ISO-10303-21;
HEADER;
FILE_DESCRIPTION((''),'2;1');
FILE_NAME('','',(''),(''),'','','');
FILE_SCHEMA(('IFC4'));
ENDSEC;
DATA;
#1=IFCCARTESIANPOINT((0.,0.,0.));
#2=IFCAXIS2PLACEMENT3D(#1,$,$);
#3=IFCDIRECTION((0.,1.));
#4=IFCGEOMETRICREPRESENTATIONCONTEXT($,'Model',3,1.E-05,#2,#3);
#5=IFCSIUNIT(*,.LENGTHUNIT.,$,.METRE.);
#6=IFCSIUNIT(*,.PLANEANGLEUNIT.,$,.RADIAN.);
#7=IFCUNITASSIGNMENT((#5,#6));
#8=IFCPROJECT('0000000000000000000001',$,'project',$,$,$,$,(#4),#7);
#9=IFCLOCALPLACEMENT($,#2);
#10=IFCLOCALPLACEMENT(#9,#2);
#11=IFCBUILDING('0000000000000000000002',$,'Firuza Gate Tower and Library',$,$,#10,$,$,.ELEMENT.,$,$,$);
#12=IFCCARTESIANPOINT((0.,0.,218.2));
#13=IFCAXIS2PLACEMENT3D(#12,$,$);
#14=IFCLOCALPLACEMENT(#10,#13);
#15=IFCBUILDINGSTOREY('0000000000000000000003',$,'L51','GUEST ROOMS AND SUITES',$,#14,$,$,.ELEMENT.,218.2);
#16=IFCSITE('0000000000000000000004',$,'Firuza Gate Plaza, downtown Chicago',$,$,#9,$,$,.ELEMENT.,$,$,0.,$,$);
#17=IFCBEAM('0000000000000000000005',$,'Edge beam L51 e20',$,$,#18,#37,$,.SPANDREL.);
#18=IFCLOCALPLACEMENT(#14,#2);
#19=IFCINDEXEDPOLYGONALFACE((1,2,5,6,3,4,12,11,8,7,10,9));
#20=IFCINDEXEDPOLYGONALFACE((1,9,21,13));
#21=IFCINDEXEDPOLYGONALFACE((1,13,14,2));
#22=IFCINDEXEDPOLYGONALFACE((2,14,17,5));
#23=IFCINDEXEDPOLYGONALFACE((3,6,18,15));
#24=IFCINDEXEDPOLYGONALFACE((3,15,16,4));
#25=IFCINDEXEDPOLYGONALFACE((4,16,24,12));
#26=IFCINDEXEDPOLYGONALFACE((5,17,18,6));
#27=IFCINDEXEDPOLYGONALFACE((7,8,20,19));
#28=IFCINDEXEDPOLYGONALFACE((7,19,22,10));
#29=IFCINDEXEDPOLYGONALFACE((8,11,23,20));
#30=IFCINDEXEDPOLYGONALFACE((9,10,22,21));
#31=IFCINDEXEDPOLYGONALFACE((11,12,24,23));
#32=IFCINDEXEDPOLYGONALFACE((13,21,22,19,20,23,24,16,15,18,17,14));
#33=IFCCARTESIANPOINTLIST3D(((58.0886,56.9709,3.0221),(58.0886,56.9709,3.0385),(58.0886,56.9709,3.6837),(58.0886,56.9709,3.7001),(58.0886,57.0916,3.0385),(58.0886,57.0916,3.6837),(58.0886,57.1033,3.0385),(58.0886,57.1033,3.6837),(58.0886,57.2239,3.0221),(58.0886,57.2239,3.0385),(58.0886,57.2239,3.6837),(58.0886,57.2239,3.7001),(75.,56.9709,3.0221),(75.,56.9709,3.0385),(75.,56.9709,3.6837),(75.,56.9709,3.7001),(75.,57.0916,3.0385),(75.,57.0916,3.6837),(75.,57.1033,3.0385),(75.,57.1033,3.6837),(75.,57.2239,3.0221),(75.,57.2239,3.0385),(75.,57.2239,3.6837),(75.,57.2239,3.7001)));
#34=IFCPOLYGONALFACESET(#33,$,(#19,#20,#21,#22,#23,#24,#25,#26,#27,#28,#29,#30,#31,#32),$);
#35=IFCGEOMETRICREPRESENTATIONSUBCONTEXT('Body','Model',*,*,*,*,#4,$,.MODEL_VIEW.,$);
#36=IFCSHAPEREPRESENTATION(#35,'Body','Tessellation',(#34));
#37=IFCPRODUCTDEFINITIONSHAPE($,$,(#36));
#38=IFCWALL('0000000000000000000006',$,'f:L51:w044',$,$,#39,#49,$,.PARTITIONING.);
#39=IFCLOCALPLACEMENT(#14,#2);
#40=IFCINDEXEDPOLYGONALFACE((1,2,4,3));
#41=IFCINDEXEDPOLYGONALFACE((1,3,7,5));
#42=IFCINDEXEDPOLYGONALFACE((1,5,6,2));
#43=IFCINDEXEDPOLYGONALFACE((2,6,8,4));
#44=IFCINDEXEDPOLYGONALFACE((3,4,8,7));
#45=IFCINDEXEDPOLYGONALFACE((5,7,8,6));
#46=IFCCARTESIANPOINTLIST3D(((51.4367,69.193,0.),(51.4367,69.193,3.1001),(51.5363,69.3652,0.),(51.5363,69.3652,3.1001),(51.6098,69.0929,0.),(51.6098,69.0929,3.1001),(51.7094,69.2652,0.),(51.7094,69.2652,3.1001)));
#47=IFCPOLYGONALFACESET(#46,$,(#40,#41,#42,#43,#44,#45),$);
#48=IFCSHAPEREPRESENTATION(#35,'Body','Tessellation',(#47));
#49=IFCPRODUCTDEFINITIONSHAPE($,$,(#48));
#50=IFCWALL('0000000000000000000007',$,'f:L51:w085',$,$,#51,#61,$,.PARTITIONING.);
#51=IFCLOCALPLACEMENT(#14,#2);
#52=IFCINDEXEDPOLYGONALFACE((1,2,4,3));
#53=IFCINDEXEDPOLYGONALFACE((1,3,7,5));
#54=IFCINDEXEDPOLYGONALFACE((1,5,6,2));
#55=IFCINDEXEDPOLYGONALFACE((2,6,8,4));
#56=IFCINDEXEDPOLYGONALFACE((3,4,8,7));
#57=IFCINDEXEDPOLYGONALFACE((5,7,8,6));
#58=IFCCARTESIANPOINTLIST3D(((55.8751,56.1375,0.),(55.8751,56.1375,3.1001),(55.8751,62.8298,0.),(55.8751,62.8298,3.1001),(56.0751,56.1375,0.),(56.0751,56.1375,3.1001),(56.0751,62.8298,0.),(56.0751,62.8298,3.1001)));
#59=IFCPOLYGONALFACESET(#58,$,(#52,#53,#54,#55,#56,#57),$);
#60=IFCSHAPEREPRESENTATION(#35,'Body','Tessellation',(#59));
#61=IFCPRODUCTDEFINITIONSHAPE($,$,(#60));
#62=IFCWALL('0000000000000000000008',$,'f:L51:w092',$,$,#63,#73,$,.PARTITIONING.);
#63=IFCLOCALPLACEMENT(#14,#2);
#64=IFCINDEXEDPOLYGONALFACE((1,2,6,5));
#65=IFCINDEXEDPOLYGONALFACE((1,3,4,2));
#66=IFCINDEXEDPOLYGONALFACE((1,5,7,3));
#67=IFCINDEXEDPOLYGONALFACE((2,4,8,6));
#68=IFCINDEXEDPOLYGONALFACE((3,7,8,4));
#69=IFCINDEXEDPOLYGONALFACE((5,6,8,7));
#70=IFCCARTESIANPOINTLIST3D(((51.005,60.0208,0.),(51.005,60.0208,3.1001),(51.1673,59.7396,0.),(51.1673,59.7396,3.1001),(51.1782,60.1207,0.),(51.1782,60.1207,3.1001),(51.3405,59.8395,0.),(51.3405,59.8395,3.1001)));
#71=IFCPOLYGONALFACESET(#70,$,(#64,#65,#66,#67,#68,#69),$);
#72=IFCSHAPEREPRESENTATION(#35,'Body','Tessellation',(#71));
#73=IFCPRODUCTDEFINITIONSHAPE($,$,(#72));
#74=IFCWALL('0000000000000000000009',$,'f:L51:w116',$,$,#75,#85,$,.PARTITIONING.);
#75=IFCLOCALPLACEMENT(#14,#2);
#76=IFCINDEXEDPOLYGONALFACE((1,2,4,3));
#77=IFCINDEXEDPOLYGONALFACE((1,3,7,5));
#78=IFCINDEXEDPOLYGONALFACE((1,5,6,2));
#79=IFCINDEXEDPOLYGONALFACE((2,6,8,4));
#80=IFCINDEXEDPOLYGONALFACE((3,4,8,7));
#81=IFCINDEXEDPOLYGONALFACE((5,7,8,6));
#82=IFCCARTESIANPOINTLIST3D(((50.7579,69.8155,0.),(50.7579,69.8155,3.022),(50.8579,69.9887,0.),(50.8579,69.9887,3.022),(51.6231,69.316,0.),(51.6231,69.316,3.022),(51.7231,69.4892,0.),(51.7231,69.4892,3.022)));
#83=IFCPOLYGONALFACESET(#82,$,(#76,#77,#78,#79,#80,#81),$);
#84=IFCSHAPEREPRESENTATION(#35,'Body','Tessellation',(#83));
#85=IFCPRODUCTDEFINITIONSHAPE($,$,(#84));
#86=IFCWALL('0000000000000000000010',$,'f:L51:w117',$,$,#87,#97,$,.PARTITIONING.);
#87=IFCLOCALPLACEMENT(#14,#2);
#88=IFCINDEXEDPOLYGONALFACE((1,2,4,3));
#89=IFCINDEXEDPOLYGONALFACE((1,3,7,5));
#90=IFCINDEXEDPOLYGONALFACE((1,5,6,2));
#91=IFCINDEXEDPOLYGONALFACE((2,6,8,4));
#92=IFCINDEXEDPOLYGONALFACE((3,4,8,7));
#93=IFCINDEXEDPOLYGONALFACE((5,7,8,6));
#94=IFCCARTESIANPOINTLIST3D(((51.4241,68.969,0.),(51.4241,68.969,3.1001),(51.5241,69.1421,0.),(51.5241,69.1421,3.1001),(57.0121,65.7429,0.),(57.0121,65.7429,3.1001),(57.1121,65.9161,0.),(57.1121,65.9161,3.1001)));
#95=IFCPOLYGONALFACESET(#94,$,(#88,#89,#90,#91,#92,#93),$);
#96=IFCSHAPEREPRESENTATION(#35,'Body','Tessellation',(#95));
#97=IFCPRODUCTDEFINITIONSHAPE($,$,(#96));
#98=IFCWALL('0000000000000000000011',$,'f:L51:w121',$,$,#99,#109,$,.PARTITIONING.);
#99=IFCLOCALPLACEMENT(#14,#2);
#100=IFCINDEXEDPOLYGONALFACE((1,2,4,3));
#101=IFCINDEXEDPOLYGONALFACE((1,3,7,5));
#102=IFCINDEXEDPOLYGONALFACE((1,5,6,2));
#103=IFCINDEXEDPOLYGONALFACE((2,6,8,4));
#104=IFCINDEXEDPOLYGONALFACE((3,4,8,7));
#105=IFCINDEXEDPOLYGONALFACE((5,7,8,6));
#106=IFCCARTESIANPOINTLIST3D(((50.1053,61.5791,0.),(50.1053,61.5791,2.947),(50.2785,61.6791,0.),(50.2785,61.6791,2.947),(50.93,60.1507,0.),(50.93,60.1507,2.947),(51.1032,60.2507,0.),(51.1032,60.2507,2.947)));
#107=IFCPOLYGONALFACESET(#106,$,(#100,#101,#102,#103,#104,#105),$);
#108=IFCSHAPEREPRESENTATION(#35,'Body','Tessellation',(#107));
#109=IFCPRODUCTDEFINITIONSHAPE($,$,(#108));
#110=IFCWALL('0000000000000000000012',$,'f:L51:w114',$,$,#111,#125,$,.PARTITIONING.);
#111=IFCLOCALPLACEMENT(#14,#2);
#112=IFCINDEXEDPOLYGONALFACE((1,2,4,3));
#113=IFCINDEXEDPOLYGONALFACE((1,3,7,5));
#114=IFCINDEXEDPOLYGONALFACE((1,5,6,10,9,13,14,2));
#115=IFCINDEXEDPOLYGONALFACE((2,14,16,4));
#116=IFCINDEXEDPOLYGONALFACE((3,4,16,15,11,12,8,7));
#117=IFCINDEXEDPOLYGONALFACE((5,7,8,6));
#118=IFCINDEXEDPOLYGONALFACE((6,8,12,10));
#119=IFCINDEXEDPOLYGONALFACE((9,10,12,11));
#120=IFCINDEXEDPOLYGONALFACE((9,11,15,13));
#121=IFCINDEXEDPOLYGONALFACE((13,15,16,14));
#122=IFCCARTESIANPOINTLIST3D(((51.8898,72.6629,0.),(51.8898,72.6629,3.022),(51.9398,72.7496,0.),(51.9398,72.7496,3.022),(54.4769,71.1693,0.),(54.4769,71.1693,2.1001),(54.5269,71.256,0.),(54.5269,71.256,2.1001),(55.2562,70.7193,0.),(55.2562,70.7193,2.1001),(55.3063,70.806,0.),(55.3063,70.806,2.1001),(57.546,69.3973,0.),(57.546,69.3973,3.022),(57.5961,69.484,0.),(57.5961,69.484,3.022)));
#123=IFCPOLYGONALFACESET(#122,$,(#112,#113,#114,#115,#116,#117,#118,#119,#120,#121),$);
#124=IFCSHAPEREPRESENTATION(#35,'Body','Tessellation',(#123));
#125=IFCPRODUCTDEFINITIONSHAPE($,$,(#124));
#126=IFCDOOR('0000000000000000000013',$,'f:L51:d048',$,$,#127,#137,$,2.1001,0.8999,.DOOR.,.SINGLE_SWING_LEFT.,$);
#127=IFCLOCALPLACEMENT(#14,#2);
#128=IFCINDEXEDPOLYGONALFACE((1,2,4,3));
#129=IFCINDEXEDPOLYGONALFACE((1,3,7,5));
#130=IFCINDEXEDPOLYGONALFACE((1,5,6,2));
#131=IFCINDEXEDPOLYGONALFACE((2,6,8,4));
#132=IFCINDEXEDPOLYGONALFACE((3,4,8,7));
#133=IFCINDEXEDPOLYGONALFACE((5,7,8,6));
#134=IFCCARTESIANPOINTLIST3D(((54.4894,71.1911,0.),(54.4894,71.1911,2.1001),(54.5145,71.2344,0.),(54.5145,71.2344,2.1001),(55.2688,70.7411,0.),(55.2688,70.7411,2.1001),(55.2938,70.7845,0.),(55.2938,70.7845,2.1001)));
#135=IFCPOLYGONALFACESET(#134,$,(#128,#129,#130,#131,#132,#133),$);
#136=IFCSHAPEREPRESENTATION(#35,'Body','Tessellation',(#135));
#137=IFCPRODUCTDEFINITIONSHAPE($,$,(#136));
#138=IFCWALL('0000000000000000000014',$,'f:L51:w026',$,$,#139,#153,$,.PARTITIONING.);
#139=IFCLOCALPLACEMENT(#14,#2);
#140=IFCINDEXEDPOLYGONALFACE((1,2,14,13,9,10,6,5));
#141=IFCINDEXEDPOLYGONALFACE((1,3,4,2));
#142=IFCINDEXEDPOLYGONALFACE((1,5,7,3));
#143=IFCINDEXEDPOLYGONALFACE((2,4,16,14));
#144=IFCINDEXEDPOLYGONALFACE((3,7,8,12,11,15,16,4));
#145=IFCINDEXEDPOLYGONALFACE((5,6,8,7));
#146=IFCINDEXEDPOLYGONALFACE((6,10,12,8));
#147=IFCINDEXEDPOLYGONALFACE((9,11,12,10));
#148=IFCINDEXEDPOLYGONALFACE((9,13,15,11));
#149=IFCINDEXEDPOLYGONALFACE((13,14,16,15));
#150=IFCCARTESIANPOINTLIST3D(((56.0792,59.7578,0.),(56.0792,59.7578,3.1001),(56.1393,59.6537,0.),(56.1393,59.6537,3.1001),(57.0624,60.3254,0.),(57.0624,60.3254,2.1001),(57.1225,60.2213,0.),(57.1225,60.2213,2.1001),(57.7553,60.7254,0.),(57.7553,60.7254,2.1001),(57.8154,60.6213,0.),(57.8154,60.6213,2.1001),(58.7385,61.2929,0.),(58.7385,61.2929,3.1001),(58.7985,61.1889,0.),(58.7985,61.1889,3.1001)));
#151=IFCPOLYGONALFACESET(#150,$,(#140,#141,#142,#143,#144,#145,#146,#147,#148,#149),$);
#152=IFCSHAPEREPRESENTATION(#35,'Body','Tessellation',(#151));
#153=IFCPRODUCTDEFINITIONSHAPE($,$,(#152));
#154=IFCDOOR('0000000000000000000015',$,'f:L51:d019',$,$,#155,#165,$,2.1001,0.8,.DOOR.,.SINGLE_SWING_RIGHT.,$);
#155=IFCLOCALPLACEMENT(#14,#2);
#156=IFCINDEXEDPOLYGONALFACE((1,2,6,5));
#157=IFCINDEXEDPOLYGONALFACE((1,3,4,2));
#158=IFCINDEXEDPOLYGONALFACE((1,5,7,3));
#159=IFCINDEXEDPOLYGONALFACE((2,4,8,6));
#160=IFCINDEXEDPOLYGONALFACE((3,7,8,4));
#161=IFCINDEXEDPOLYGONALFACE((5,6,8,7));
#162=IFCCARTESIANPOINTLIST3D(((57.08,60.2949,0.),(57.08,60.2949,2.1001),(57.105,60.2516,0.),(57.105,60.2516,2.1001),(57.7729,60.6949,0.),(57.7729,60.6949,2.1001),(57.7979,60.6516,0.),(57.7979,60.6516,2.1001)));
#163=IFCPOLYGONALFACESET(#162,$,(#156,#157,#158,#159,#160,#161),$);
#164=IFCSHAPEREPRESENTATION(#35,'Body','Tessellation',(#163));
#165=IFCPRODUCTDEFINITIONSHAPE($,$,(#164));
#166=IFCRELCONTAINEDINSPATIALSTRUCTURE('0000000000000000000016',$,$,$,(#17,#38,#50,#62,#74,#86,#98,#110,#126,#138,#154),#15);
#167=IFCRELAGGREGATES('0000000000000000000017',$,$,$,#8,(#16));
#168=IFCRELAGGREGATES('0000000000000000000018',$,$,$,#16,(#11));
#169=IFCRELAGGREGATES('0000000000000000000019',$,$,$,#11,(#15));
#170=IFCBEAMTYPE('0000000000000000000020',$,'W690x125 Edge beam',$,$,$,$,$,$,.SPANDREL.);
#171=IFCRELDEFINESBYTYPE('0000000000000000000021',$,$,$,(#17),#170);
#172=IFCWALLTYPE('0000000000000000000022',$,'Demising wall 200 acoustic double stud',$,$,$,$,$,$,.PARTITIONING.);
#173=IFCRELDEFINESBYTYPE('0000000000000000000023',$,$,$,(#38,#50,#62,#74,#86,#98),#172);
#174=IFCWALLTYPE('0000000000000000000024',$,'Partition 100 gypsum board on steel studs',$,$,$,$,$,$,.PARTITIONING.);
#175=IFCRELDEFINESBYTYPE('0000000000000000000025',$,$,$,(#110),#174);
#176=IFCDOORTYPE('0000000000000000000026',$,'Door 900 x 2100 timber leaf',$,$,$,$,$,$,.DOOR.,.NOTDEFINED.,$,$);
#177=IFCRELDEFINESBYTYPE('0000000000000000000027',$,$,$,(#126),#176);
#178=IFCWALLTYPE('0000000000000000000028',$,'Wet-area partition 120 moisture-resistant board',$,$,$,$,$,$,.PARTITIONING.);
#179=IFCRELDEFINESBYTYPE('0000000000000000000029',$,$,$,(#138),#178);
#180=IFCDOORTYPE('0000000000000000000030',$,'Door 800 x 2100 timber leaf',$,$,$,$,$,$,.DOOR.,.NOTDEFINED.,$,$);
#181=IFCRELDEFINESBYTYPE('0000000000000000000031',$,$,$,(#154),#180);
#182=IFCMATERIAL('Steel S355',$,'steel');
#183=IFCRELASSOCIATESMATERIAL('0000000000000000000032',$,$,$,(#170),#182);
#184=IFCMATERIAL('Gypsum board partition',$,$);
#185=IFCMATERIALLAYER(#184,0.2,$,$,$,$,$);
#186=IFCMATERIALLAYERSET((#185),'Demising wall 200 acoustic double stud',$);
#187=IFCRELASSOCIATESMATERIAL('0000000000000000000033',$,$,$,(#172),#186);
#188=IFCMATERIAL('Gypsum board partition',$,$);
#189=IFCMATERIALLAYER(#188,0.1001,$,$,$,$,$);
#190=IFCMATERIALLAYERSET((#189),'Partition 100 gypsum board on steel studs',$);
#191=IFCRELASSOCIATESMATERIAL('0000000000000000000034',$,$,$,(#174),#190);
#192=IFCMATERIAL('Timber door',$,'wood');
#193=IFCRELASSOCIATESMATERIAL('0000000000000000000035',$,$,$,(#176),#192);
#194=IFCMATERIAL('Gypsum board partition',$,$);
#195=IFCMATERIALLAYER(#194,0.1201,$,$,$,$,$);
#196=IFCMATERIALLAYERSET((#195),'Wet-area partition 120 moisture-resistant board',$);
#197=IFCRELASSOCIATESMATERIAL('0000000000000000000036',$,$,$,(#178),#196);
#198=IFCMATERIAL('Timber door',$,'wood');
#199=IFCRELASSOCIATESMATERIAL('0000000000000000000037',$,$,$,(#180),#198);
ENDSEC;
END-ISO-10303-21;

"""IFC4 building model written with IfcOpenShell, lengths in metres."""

from ifc_helpers import new_model, si_unit, direction, frame, frame_2d, origin, origin_2d, place, context, subcontext, project, spatial, rectangle, i_section, extrude, material, layer, layer_set, material_profile, profile_set, type_object, element, fill, save


model = new_model("IFC4")

# Units and contexts
model_context = context("Model", 3, precision=1e-05, world=origin(), true_north=direction((0.0, 1.0)))
body_context = subcontext(model_context, "Body", "Model", "MODEL_VIEW")
ifc_project = project(units=[si_unit("LENGTHUNIT", "METRE"), si_unit("PLANEANGLEUNIT", "RADIAN")], contexts=[model_context])

# Site, building, storey
site_placement = place(None, origin())
site = spatial("IfcSite", under=ifc_project, at=site_placement, Name="Firuza Gate Plaza, downtown Chicago", CompositionType="ELEMENT", RefElevation=0.0)
building_placement = place(site_placement, origin())
building = spatial("IfcBuilding", under=site, at=building_placement, Name="Firuza Gate Tower and Library", CompositionType="ELEMENT")
storey_placement = place(building_placement, frame((0.0, 0.0, 218.2)))
storey = spatial("IfcBuildingStorey", under=building, at=storey_placement, Name="L51", Description="GUEST ROOMS AND SUITES", CompositionType="ELEMENT", Elevation=218.2)

# Beam
ifc_material_1 = material(Name="Steel S355", Category="steel")
ifc_material_profile_1 = material_profile(ifc_material_1, i_section(OverallWidth=0.2529, OverallDepth=0.678, WebThickness=0.0117, FlangeThickness=0.0164, at=origin_2d()))
ifc_profile_set_1 = profile_set([ifc_material_profile_1], Name="Steel S355")
beam_type_1 = type_object("IfcBeamType", Name="W690x125 Edge beam", PredefinedType="SPANDREL", material=ifc_profile_set_1)
beam_1_placement = place(storey_placement, frame((58.0886, 57.0974, 3.3611), z_axis=(1.0, 0.0, 0.0), x_axis=(0.0, 1.0, 0.0)))
element("IfcBeam", 1, at=beam_1_placement, inside=storey, type_object=beam_type_1, Name="Edge beam L51 e20", PredefinedType="SPANDREL", context=body_context, shape_type="SweptSolid", body=[
    extrude(i_section(OverallWidth=0.2529, OverallDepth=0.678, WebThickness=0.0117, FlangeThickness=0.0164, at=origin_2d()), origin(), (0.0, 0.0, 1.0), 16.9114),
])

# Walls
ifc_material_2 = material(Name="Gypsum board partition")
ifc_layer_1 = layer(ifc_material_2, 0.2)
ifc_layer_set_1 = layer_set([ifc_layer_1], Name="Demising wall 200 acoustic double stud")
wall_type_1 = type_object("IfcWallType", Name="Demising wall 200 acoustic double stud", PredefinedType="PARTITIONING", material=ifc_layer_set_1)
wall_1_placement = place(storey_placement, frame((51.5232, 69.1428, 0.0), z_axis=(0.0, 0.0, 1.0), x_axis=(0.500359, 0.865818, 0.0)))
element("IfcWall", 2, at=wall_1_placement, inside=storey, type_object=wall_type_1, Name="f:L51:w044", PredefinedType="PARTITIONING", context=body_context, shape_type="SweptSolid", body=[
    extrude(rectangle(XDim=0.199, YDim=0.2, at=frame_2d((0.0996, 0.0))), origin(), (0.0, 0.0, 1.0), 3.1001),
])
wall_2_placement = place(storey_placement, frame((55.9751, 56.1375, 0.0), z_axis=(0.0, 0.0, 1.0), x_axis=(0.0, 1.0, 0.0)))
element("IfcWall", 3, at=wall_2_placement, inside=storey, type_object=wall_type_1, Name="f:L51:w085", PredefinedType="PARTITIONING", context=body_context, shape_type="SweptSolid", body=[
    extrude(rectangle(XDim=6.6924, YDim=0.2, at=frame_2d((3.3462, 0.0))), origin(), (0.0, 0.0, 1.0), 3.1001),
])
wall_3_placement = place(storey_placement, frame((51.2539, 59.7896, 0.0), z_axis=(0.0, 0.0, 1.0), x_axis=(-0.499939, 0.86606, 0.0)))
element("IfcWall", 4, at=wall_3_placement, inside=storey, type_object=wall_type_1, Name="f:L51:w092", PredefinedType="PARTITIONING", context=body_context, shape_type="SweptSolid", body=[
    extrude(rectangle(XDim=0.3247, YDim=0.2, at=frame_2d((0.1624, 0.0))), origin(), (0.0, 0.0, 1.0), 3.1001),
])
wall_4_placement = place(storey_placement, frame((51.6731, 69.4026, 0.0), z_axis=(0.0, 0.0, 1.0), x_axis=(-0.866039, 0.499976, 0.0)))
element("IfcWall", 5, at=wall_4_placement, inside=storey, type_object=wall_type_1, Name="f:L51:w116", PredefinedType="PARTITIONING", context=body_context, shape_type="SweptSolid", body=[
    extrude(rectangle(XDim=0.999, YDim=0.2, at=frame_2d((0.4995, 0.0))), origin(), (0.0, 0.0, 1.0), 3.022),
])
wall_5_placement = place(storey_placement, frame((57.062, 65.8296, 0.0), z_axis=(0.0, 0.0, 1.0), x_axis=(-0.866041, 0.499972, 0.0)))
element("IfcWall", 6, at=wall_5_placement, inside=storey, type_object=wall_type_1, Name="f:L51:w117", PredefinedType="PARTITIONING", context=body_context, shape_type="SweptSolid", body=[
    extrude(rectangle(XDim=6.4524, YDim=0.2, at=frame_2d((3.2261, 0.0))), origin(), (0.0, 0.0, 1.0), 3.1001),
])
wall_6_placement = place(storey_placement, frame((51.0166, 60.2007, 0.0), z_axis=(0.0, 0.0, 1.0), x_axis=(-0.499992, 0.86603, 0.0)))
element("IfcWall", 7, at=wall_6_placement, inside=storey, type_object=wall_type_1, Name="f:L51:w121", PredefinedType="PARTITIONING", context=body_context, shape_type="SweptSolid", body=[
    extrude(rectangle(XDim=1.6494, YDim=0.2, at=frame_2d((0.8247, 0.0))), origin(), (0.0, 0.0, 1.0), 2.947),
])

# Walls, openings, doors
ifc_material_3 = material(Name="Gypsum board partition")
ifc_layer_2 = layer(ifc_material_3, 0.1001)
ifc_layer_set_2 = layer_set([ifc_layer_2], Name="Partition 100 gypsum board on steel studs")
wall_type_2 = type_object("IfcWallType", Name="Partition 100 gypsum board on steel studs", PredefinedType="PARTITIONING", material=ifc_layer_set_2)
wall_7_placement = place(storey_placement, frame((57.571, 69.4407, 0.0), z_axis=(0.0, 0.0, 1.0), x_axis=(-0.866026, 0.499999, 0.0)))
wall_7 = element("IfcWall", 8, at=wall_7_placement, inside=storey, type_object=wall_type_2, Name="f:L51:w114", PredefinedType="PARTITIONING", context=body_context, shape_type="SweptSolid", body=[
    extrude(rectangle(XDim=6.5312, YDim=0.1001, at=frame_2d((3.2656, 0.0))), origin(), (0.0, 0.0, 1.0), 3.022),
])
opening_1_placement = place(wall_7_placement, frame((2.644, 0.0, 0.0)))
opening_1 = element("IfcOpeningElement", 9, at=opening_1_placement, cuts=wall_7, PredefinedType="OPENING", context=body_context, shape_type="SweptSolid", body=[
    extrude(rectangle(XDim=0.8999, YDim=2.1001, at=frame_2d((0.45, 1.05))), frame((0.0, 0.0601, 0.0), z_axis=(0.0, -1.0, 0.0), x_axis=(1.0, 0.0, 0.0)), (0.0, 0.0, 1.0), 0.1201),
])
ifc_material_4 = material(Name="Timber door", Category="wood")
door_type_1 = type_object("IfcDoorType", Name="Door 900 x 2100 timber leaf", OperationType="NOTDEFINED", PredefinedType="DOOR", material=ifc_material_4)
door_1_placement = place(opening_1_placement, origin())
door_1 = element("IfcDoor", 10, at=door_1_placement, inside=storey, type_object=door_type_1, Name="f:L51:d048", OperationType="SINGLE_SWING_LEFT", OverallHeight=2.1001, OverallWidth=0.8999, PredefinedType="DOOR", context=body_context, shape_type="SweptSolid", body=[
    extrude(rectangle(XDim=0.8999, YDim=2.1001, at=frame_2d((0.45, 1.05))), frame((0.0, 0.0249, 0.0), z_axis=(0.0, -1.0, 0.0), x_axis=(1.0, 0.0, 0.0)), (0.0, 0.0, 1.0), 0.05),
])
fill(opening_1, door_1)
ifc_material_5 = material(Name="Gypsum board partition")
ifc_layer_3 = layer(ifc_material_5, 0.1201)
ifc_layer_set_3 = layer_set([ifc_layer_3], Name="Wet-area partition 120 moisture-resistant board")
wall_type_3 = type_object("IfcWallType", Name="Wet-area partition 120 moisture-resistant board", PredefinedType="PARTITIONING", material=ifc_layer_set_3)
wall_8_placement = place(storey_placement, frame((56.1094, 59.7058, 0.0), z_axis=(0.0, 0.0, 1.0), x_axis=(0.866043, 0.49997, 0.0)))
wall_8 = element("IfcWall", 11, at=wall_8_placement, inside=storey, type_object=wall_type_3, Name="f:L51:w026", PredefinedType="PARTITIONING", context=body_context, shape_type="SweptSolid", body=[
    extrude(rectangle(XDim=3.0706, YDim=0.1201, at=frame_2d((1.5352, 0.0))), origin(), (0.0, 0.0, 1.0), 3.1001),
])
opening_2_placement = place(wall_8_placement, frame((1.1353, 0.0, 0.0)))
opening_2 = element("IfcOpeningElement", 12, at=opening_2_placement, cuts=wall_8, PredefinedType="OPENING", context=body_context, shape_type="SweptSolid", body=[
    extrude(rectangle(XDim=0.8, YDim=2.1001, at=frame_2d((0.3999, 1.05))), frame((0.0, 0.0701, 0.0), z_axis=(0.0, -1.0, 0.0), x_axis=(1.0, 0.0, 0.0)), (0.0, 0.0, 1.0), 0.1401),
])
ifc_material_6 = material(Name="Timber door", Category="wood")
door_type_2 = type_object("IfcDoorType", Name="Door 800 x 2100 timber leaf", OperationType="NOTDEFINED", PredefinedType="DOOR", material=ifc_material_6)
door_2_placement = place(opening_2_placement, origin())
door_2 = element("IfcDoor", 13, at=door_2_placement, inside=storey, type_object=door_type_2, Name="f:L51:d019", OperationType="SINGLE_SWING_RIGHT", OverallHeight=2.1001, OverallWidth=0.8, PredefinedType="DOOR", context=body_context, shape_type="SweptSolid", body=[
    extrude(rectangle(XDim=0.8, YDim=2.1001, at=frame_2d((0.3999, 1.05))), frame((0.0, 0.0249, 0.0), z_axis=(0.0, -1.0, 0.0), x_axis=(1.0, 0.0, 0.0)), (0.0, 0.0, 1.0), 0.05),
])
fill(opening_2, door_2)

save(model, "model.ifc")
